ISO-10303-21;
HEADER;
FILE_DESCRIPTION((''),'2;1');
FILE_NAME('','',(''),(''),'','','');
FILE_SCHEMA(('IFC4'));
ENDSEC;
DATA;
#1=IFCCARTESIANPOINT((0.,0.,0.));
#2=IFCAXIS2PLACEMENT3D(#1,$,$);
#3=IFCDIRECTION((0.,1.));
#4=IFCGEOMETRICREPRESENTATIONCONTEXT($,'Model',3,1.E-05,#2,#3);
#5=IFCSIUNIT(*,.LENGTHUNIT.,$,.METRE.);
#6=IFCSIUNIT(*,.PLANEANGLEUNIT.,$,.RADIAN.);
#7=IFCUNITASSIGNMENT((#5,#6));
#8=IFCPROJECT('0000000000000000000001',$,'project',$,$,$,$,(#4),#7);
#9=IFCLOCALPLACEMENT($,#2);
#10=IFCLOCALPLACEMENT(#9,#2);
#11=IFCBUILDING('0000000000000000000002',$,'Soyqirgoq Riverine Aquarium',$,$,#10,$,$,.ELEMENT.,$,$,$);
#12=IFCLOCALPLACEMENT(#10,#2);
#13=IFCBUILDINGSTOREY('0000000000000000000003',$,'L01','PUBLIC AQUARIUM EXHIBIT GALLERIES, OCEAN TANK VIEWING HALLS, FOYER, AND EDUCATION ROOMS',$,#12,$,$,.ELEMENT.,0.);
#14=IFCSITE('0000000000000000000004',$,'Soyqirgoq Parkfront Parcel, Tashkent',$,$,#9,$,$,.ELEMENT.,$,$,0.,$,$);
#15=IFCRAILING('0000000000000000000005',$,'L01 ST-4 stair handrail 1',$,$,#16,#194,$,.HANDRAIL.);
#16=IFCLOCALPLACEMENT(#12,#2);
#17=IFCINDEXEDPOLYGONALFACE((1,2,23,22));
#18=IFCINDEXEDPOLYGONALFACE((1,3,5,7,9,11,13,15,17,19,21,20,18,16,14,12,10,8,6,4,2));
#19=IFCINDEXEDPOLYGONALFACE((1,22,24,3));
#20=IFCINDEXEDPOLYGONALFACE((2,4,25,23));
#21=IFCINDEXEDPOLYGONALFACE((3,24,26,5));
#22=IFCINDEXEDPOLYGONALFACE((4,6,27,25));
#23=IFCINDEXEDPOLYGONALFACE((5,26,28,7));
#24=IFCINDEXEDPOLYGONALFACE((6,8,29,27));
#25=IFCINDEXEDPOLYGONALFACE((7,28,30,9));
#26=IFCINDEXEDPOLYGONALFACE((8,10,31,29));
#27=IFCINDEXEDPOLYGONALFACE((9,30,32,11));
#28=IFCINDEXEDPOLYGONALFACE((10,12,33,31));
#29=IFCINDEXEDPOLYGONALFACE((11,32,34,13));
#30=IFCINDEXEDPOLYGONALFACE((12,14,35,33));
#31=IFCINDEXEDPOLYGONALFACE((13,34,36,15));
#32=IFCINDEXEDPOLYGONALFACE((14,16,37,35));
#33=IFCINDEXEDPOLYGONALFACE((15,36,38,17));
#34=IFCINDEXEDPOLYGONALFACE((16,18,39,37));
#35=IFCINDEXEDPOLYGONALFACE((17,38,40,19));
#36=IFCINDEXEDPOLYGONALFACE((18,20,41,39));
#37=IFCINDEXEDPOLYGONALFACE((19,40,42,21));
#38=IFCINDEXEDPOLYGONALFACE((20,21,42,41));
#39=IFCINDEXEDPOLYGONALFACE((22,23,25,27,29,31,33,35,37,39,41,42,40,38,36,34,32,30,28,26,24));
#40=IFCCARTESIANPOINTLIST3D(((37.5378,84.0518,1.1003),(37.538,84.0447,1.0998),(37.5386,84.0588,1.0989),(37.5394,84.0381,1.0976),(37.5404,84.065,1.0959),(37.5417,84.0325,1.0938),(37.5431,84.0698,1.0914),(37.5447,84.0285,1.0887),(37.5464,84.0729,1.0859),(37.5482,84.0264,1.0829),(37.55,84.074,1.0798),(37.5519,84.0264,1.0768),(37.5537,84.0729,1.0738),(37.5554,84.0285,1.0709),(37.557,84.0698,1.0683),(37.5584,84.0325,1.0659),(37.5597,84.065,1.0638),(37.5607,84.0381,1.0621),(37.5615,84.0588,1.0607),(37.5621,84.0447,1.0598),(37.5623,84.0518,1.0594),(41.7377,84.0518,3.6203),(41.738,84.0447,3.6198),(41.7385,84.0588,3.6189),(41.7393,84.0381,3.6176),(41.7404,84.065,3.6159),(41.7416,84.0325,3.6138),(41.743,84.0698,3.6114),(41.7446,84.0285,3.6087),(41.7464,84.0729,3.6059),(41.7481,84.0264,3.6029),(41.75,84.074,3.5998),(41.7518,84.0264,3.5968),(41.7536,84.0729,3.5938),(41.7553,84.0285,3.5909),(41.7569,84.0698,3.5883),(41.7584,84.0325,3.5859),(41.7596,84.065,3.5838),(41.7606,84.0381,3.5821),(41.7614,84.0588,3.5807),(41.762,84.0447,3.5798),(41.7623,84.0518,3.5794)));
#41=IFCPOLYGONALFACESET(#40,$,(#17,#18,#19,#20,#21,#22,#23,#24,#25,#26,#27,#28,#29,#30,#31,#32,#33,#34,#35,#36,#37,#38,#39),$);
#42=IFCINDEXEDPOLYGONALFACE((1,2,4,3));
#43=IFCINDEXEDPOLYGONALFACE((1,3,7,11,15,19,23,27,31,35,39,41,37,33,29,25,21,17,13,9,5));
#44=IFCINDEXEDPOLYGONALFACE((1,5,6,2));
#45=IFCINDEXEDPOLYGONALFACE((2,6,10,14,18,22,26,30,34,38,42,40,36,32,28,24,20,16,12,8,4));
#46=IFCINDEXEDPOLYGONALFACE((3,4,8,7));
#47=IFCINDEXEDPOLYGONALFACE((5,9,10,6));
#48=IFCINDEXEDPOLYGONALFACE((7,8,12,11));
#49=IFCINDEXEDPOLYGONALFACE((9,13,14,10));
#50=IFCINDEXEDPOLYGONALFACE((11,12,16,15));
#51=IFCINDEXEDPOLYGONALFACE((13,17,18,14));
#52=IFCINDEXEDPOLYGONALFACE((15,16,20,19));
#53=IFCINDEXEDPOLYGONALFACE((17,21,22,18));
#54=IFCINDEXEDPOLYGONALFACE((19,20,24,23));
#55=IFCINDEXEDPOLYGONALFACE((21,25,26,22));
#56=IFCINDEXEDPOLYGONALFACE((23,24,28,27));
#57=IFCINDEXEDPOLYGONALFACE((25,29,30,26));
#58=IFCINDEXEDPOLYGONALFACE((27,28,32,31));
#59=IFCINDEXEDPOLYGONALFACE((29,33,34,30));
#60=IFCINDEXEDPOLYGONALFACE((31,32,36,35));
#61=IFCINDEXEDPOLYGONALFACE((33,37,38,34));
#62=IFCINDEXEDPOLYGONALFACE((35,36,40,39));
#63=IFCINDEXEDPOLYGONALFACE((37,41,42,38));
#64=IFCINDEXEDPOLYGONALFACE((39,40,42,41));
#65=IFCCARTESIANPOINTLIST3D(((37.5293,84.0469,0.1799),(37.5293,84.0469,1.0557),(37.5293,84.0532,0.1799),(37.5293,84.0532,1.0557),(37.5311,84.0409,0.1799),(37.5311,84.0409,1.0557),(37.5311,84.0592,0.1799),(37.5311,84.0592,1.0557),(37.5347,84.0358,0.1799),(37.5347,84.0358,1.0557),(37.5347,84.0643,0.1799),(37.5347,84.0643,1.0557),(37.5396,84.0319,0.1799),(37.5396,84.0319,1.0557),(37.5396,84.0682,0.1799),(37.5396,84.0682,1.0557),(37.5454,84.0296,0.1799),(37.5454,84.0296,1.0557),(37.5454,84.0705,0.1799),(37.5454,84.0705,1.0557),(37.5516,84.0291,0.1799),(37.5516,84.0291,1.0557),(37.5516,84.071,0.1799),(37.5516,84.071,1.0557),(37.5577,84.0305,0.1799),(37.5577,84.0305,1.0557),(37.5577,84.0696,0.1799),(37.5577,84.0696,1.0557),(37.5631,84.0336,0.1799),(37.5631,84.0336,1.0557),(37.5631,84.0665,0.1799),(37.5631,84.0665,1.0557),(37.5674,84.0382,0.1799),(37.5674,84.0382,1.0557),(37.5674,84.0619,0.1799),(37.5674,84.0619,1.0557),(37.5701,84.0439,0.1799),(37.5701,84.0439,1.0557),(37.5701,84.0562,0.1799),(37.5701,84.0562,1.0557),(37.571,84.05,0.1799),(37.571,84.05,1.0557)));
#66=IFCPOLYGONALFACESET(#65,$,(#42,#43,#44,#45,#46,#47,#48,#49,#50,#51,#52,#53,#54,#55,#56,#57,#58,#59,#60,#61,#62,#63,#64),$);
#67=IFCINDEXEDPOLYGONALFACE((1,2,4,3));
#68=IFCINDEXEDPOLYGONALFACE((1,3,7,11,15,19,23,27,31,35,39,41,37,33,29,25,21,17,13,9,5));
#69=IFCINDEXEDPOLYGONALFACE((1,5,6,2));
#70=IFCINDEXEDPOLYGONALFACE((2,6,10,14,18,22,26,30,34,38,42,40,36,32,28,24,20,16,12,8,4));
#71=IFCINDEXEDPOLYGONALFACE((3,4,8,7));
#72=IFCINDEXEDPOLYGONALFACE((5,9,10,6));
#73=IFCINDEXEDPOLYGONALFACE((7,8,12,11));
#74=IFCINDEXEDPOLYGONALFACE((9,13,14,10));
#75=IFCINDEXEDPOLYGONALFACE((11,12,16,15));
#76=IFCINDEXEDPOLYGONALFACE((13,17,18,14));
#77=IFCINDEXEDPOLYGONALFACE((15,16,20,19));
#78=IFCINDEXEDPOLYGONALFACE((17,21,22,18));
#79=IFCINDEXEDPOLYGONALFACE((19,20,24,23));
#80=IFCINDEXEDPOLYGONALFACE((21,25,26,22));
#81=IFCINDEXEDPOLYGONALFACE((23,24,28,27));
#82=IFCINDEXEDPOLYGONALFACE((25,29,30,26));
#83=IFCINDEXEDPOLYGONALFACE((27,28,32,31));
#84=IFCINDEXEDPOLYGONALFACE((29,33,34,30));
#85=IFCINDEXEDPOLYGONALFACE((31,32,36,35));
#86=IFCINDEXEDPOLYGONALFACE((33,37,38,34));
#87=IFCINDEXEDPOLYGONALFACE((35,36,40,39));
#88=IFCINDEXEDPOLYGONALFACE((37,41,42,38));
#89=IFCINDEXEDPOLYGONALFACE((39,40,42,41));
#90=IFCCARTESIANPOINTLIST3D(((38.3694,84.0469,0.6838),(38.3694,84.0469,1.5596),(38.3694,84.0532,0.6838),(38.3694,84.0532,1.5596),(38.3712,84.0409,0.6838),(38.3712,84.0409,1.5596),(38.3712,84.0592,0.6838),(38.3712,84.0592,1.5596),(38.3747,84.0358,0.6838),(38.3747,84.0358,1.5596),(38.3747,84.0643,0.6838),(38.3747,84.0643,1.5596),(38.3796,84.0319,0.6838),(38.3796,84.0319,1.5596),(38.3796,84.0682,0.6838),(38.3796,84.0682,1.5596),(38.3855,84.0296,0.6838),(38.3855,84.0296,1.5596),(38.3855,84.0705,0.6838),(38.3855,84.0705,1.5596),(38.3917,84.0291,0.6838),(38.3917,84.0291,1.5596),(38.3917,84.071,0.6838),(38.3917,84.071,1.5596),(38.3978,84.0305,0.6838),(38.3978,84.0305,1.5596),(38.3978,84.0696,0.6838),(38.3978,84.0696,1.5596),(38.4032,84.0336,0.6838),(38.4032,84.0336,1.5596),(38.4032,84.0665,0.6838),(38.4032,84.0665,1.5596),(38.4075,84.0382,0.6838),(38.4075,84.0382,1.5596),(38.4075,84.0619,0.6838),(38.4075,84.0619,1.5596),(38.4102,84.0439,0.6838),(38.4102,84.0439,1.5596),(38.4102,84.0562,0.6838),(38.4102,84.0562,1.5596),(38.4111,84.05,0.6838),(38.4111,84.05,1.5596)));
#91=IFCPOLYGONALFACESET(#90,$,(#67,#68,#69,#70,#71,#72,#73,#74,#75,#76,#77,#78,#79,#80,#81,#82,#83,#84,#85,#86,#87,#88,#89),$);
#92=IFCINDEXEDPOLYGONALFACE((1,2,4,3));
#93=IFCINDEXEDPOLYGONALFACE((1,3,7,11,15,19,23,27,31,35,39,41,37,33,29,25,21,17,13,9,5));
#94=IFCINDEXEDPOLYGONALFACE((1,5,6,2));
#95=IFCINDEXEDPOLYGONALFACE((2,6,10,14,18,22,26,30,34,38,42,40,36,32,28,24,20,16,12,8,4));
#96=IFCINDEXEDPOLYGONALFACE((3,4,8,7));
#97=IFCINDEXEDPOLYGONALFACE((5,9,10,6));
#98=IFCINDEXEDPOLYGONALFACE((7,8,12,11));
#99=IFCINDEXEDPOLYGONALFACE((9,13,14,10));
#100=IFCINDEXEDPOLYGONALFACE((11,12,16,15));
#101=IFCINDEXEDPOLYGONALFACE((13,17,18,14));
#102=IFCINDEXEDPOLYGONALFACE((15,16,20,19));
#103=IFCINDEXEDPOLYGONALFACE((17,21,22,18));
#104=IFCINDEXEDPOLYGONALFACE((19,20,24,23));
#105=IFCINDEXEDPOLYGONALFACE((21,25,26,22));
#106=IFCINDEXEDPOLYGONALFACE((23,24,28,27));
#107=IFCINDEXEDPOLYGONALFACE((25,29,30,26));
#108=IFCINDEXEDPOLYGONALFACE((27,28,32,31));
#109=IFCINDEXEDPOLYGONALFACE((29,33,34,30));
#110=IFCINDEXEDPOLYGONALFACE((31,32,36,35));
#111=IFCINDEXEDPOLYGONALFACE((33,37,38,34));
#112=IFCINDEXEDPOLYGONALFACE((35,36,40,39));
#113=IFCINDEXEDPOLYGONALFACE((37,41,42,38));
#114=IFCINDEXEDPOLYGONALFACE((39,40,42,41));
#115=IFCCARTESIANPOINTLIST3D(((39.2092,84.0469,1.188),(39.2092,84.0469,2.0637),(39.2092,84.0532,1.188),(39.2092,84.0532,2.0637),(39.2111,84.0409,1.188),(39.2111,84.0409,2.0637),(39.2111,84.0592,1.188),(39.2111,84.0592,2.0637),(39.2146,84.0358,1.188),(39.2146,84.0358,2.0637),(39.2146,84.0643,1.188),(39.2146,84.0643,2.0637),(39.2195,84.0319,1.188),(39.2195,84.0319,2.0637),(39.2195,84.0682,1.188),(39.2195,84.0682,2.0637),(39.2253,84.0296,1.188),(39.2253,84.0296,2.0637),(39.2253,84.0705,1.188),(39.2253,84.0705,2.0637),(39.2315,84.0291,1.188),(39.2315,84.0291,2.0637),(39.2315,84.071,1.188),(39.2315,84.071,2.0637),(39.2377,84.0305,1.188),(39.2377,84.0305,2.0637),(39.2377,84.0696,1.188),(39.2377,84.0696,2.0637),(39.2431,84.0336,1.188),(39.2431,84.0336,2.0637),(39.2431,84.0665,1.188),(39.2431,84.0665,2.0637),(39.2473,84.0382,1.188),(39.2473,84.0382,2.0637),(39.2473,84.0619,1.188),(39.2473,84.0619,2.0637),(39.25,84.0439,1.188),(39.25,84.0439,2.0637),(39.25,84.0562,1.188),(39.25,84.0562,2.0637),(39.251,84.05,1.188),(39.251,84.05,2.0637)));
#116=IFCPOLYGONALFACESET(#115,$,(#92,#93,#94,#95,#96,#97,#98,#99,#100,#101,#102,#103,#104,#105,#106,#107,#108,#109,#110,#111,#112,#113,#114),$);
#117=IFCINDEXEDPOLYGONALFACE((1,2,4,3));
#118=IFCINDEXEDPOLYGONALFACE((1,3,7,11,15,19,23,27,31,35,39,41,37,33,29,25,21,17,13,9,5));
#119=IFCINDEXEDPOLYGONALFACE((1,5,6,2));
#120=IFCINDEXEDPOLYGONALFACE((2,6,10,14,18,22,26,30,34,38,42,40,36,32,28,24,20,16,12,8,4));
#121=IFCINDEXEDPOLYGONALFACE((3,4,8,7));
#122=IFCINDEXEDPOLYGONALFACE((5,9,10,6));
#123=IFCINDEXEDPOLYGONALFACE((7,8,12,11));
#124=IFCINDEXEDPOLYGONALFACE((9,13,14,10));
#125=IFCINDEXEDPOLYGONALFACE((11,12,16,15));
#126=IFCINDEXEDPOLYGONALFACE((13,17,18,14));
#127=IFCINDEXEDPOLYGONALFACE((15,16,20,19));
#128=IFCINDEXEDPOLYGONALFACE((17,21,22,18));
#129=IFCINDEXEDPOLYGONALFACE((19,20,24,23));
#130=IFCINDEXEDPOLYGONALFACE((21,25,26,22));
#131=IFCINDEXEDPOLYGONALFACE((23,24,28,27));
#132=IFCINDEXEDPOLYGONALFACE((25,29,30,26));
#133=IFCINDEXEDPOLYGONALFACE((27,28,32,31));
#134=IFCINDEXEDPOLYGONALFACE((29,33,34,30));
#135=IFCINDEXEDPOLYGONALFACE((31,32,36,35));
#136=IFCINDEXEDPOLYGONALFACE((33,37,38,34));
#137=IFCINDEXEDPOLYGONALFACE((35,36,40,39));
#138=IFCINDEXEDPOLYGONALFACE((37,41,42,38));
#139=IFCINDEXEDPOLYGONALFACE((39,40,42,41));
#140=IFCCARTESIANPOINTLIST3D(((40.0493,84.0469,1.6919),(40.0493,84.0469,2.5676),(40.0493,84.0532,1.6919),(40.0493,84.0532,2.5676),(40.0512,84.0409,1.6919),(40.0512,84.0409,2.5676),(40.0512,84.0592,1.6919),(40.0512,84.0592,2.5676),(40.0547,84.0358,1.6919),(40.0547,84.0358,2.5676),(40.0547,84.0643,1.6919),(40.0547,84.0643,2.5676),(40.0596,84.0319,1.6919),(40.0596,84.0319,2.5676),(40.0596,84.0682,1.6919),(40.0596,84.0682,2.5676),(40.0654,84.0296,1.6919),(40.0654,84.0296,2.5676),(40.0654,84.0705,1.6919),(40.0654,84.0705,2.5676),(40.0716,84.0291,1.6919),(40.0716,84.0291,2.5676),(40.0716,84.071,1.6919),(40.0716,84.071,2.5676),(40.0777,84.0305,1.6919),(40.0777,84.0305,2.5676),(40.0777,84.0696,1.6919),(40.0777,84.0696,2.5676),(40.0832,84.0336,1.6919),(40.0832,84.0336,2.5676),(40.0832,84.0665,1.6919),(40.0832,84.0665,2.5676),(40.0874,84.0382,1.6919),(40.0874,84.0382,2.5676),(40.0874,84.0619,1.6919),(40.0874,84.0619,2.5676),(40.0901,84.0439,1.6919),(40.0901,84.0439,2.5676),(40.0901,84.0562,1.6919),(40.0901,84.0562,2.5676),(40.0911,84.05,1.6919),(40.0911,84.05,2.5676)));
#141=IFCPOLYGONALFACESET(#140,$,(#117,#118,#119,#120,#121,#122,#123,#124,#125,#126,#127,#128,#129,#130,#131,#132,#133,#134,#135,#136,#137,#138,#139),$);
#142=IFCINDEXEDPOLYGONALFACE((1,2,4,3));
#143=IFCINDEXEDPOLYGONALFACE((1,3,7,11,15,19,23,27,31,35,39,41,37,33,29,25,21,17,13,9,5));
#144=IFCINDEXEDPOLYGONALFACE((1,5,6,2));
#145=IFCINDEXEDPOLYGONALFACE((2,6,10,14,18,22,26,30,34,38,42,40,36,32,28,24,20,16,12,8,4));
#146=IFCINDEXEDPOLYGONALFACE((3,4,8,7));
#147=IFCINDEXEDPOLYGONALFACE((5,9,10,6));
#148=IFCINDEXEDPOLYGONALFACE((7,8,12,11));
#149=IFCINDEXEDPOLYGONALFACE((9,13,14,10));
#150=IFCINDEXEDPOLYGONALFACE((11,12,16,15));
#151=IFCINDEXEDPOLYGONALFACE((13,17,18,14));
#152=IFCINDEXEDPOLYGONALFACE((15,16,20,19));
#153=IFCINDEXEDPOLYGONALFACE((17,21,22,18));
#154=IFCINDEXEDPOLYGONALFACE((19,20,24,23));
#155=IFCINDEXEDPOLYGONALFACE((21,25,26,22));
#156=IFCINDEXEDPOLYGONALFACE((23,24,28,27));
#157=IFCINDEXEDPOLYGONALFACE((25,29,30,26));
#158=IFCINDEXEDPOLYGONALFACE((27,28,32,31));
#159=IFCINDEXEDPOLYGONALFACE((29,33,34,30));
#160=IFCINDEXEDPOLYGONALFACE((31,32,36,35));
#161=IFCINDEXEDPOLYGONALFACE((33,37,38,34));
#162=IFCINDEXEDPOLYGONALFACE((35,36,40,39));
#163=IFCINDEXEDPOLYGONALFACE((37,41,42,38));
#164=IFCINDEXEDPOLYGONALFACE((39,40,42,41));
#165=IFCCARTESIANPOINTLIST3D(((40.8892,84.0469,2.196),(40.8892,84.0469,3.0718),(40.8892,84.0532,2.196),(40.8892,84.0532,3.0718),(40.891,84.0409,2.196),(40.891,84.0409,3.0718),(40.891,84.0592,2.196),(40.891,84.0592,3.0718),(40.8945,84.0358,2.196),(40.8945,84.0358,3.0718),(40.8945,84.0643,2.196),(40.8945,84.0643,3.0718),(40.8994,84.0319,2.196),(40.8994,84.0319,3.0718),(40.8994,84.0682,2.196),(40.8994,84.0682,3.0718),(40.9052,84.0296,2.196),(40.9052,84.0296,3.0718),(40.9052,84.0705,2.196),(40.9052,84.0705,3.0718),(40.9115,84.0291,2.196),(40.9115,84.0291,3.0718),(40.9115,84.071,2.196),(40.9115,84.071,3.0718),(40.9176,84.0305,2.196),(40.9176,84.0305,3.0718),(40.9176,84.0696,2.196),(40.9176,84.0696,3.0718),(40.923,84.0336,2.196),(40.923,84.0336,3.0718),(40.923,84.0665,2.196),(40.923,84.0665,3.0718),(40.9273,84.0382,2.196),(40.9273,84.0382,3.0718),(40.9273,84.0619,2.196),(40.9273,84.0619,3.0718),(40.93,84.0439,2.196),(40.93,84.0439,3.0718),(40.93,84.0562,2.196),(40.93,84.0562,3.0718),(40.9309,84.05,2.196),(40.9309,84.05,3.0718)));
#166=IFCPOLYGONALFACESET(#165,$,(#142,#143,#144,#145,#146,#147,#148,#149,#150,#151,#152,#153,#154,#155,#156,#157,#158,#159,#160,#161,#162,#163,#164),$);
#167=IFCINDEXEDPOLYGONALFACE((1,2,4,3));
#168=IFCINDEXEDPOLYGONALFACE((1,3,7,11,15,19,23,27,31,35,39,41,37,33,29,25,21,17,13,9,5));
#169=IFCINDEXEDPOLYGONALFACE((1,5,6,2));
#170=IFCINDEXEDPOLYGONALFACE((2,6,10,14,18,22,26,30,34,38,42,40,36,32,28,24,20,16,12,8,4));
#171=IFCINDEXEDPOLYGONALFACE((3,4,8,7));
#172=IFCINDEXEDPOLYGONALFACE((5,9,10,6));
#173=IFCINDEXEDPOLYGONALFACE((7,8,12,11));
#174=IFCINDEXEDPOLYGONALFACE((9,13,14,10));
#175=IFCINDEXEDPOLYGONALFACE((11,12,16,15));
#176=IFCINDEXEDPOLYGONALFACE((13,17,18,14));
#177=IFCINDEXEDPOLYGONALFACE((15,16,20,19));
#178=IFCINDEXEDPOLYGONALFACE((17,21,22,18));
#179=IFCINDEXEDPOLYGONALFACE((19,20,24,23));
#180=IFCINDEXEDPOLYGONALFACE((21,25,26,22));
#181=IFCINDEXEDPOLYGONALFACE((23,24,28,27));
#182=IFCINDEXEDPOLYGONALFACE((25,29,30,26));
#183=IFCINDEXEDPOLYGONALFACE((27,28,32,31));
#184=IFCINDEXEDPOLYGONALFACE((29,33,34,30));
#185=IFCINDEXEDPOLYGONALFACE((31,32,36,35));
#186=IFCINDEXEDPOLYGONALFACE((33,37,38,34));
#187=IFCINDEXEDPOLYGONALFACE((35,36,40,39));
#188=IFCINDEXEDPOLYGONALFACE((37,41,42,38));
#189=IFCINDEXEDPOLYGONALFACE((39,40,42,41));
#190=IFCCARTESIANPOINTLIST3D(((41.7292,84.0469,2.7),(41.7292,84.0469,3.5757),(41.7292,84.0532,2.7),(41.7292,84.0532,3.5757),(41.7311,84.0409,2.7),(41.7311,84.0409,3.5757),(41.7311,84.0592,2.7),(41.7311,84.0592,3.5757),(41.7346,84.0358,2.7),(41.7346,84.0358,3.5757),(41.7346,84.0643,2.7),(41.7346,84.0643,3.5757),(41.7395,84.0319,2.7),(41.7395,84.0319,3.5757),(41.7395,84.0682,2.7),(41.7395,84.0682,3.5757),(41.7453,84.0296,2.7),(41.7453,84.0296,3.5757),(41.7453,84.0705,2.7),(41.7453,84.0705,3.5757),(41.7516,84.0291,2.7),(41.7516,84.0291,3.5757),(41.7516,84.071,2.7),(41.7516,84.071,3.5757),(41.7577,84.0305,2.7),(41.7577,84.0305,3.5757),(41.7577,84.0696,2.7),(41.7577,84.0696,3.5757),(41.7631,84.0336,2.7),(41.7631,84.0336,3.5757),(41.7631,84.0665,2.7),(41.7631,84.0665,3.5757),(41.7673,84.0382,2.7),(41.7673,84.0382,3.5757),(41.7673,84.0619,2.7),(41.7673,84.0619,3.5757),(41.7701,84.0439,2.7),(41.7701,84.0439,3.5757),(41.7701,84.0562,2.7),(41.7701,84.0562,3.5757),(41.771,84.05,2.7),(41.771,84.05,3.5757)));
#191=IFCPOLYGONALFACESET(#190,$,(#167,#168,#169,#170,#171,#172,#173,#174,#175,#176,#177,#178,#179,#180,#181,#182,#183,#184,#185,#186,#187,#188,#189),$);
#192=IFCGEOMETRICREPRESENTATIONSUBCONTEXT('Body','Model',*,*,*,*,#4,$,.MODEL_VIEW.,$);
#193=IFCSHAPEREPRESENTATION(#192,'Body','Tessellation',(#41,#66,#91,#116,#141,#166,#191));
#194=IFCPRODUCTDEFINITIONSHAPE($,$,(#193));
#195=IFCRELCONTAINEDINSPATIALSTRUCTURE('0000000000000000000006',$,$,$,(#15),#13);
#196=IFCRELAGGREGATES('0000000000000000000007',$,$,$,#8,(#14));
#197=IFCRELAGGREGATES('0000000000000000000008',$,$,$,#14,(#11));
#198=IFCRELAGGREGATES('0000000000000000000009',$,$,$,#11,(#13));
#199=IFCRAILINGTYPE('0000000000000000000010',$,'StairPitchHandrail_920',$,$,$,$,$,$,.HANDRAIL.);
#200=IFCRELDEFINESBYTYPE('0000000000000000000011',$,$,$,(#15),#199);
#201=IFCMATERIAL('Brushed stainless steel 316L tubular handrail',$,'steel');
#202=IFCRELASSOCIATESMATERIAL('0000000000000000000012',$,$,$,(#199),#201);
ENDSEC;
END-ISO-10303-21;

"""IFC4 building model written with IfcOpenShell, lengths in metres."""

from ifc_helpers import new_model, si_unit, direction, frame, origin, origin_2d, place, context, subcontext, project, spatial, circle, extrude, material, type_object, element, save


model = new_model("IFC4")

# Units and contexts
model_context = context("Model", 3, precision=1e-05, world=origin(), true_north=direction((0.0, 1.0)))
body_context = subcontext(model_context, "Body", "Model", "MODEL_VIEW")
ifc_project = project(units=[si_unit("LENGTHUNIT", "METRE"), si_unit("PLANEANGLEUNIT", "RADIAN")], contexts=[model_context])

# Site, building, storey
site_placement = place(None, origin())
site = spatial("IfcSite", under=ifc_project, at=site_placement, Name="Soyqirgoq Parkfront Parcel, Tashkent", CompositionType="ELEMENT", RefElevation=0.0)
building_placement = place(site_placement, origin())
building = spatial("IfcBuilding", under=site, at=building_placement, Name="Soyqirgoq Riverine Aquarium", CompositionType="ELEMENT")
storey_placement = place(building_placement, origin())
storey = spatial("IfcBuildingStorey", under=building, at=storey_placement, Name="L01", Description="PUBLIC AQUARIUM EXHIBIT GALLERIES, OCEAN TANK VIEWING HALLS, FOYER, AND EDUCATION ROOMS", CompositionType="ELEMENT", Elevation=0.0)

# Railing
ifc_material_1 = material(Name="Brushed stainless steel 316L tubular handrail", Category="steel")
railing_type_1 = type_object("IfcRailingType", Name="StairPitchHandrail_920", PredefinedType="HANDRAIL", material=ifc_material_1)
railing_1_placement = place(storey_placement, frame((37.55, 84.05, 0.1799)))
element("IfcRailing", 1, at=railing_1_placement, inside=storey, type_object=railing_type_1, Name="L01 ST-4 stair handrail 1", PredefinedType="HANDRAIL", context=body_context, shape_type="SweptSolid", body=[
    extrude(circle(Radius=0.0239, at=origin_2d()), frame((0.0, 0.0, 0.8999), z_axis=(0.857489, 0.0, 0.514503), x_axis=(0.0, 1.0, 0.0)), (0.0, 0.0, 1.0), 4.8979),
    extrude(circle(Radius=0.021, at=origin_2d()), origin(), (0.0, 0.0, 1.0), 0.8757),
    extrude(circle(Radius=0.021, at=origin_2d()), frame((0.8401, 0.0, 0.5039)), (0.0, 0.0, 1.0), 0.8757),
    extrude(circle(Radius=0.021, at=origin_2d()), frame((1.6799, 0.0, 1.0081)), (0.0, 0.0, 1.0), 0.8757),
    extrude(circle(Radius=0.021, at=origin_2d()), frame((2.52, 0.0, 1.512)), (0.0, 0.0, 1.0), 0.8757),
    extrude(circle(Radius=0.021, at=origin_2d()), frame((3.3599, 0.0, 2.0161)), (0.0, 0.0, 1.0), 0.8757),
    extrude(circle(Radius=0.021, at=origin_2d()), frame((4.2, 0.0, 2.52)), (0.0, 0.0, 1.0), 0.8757),
])

save(model, "model.ifc")
